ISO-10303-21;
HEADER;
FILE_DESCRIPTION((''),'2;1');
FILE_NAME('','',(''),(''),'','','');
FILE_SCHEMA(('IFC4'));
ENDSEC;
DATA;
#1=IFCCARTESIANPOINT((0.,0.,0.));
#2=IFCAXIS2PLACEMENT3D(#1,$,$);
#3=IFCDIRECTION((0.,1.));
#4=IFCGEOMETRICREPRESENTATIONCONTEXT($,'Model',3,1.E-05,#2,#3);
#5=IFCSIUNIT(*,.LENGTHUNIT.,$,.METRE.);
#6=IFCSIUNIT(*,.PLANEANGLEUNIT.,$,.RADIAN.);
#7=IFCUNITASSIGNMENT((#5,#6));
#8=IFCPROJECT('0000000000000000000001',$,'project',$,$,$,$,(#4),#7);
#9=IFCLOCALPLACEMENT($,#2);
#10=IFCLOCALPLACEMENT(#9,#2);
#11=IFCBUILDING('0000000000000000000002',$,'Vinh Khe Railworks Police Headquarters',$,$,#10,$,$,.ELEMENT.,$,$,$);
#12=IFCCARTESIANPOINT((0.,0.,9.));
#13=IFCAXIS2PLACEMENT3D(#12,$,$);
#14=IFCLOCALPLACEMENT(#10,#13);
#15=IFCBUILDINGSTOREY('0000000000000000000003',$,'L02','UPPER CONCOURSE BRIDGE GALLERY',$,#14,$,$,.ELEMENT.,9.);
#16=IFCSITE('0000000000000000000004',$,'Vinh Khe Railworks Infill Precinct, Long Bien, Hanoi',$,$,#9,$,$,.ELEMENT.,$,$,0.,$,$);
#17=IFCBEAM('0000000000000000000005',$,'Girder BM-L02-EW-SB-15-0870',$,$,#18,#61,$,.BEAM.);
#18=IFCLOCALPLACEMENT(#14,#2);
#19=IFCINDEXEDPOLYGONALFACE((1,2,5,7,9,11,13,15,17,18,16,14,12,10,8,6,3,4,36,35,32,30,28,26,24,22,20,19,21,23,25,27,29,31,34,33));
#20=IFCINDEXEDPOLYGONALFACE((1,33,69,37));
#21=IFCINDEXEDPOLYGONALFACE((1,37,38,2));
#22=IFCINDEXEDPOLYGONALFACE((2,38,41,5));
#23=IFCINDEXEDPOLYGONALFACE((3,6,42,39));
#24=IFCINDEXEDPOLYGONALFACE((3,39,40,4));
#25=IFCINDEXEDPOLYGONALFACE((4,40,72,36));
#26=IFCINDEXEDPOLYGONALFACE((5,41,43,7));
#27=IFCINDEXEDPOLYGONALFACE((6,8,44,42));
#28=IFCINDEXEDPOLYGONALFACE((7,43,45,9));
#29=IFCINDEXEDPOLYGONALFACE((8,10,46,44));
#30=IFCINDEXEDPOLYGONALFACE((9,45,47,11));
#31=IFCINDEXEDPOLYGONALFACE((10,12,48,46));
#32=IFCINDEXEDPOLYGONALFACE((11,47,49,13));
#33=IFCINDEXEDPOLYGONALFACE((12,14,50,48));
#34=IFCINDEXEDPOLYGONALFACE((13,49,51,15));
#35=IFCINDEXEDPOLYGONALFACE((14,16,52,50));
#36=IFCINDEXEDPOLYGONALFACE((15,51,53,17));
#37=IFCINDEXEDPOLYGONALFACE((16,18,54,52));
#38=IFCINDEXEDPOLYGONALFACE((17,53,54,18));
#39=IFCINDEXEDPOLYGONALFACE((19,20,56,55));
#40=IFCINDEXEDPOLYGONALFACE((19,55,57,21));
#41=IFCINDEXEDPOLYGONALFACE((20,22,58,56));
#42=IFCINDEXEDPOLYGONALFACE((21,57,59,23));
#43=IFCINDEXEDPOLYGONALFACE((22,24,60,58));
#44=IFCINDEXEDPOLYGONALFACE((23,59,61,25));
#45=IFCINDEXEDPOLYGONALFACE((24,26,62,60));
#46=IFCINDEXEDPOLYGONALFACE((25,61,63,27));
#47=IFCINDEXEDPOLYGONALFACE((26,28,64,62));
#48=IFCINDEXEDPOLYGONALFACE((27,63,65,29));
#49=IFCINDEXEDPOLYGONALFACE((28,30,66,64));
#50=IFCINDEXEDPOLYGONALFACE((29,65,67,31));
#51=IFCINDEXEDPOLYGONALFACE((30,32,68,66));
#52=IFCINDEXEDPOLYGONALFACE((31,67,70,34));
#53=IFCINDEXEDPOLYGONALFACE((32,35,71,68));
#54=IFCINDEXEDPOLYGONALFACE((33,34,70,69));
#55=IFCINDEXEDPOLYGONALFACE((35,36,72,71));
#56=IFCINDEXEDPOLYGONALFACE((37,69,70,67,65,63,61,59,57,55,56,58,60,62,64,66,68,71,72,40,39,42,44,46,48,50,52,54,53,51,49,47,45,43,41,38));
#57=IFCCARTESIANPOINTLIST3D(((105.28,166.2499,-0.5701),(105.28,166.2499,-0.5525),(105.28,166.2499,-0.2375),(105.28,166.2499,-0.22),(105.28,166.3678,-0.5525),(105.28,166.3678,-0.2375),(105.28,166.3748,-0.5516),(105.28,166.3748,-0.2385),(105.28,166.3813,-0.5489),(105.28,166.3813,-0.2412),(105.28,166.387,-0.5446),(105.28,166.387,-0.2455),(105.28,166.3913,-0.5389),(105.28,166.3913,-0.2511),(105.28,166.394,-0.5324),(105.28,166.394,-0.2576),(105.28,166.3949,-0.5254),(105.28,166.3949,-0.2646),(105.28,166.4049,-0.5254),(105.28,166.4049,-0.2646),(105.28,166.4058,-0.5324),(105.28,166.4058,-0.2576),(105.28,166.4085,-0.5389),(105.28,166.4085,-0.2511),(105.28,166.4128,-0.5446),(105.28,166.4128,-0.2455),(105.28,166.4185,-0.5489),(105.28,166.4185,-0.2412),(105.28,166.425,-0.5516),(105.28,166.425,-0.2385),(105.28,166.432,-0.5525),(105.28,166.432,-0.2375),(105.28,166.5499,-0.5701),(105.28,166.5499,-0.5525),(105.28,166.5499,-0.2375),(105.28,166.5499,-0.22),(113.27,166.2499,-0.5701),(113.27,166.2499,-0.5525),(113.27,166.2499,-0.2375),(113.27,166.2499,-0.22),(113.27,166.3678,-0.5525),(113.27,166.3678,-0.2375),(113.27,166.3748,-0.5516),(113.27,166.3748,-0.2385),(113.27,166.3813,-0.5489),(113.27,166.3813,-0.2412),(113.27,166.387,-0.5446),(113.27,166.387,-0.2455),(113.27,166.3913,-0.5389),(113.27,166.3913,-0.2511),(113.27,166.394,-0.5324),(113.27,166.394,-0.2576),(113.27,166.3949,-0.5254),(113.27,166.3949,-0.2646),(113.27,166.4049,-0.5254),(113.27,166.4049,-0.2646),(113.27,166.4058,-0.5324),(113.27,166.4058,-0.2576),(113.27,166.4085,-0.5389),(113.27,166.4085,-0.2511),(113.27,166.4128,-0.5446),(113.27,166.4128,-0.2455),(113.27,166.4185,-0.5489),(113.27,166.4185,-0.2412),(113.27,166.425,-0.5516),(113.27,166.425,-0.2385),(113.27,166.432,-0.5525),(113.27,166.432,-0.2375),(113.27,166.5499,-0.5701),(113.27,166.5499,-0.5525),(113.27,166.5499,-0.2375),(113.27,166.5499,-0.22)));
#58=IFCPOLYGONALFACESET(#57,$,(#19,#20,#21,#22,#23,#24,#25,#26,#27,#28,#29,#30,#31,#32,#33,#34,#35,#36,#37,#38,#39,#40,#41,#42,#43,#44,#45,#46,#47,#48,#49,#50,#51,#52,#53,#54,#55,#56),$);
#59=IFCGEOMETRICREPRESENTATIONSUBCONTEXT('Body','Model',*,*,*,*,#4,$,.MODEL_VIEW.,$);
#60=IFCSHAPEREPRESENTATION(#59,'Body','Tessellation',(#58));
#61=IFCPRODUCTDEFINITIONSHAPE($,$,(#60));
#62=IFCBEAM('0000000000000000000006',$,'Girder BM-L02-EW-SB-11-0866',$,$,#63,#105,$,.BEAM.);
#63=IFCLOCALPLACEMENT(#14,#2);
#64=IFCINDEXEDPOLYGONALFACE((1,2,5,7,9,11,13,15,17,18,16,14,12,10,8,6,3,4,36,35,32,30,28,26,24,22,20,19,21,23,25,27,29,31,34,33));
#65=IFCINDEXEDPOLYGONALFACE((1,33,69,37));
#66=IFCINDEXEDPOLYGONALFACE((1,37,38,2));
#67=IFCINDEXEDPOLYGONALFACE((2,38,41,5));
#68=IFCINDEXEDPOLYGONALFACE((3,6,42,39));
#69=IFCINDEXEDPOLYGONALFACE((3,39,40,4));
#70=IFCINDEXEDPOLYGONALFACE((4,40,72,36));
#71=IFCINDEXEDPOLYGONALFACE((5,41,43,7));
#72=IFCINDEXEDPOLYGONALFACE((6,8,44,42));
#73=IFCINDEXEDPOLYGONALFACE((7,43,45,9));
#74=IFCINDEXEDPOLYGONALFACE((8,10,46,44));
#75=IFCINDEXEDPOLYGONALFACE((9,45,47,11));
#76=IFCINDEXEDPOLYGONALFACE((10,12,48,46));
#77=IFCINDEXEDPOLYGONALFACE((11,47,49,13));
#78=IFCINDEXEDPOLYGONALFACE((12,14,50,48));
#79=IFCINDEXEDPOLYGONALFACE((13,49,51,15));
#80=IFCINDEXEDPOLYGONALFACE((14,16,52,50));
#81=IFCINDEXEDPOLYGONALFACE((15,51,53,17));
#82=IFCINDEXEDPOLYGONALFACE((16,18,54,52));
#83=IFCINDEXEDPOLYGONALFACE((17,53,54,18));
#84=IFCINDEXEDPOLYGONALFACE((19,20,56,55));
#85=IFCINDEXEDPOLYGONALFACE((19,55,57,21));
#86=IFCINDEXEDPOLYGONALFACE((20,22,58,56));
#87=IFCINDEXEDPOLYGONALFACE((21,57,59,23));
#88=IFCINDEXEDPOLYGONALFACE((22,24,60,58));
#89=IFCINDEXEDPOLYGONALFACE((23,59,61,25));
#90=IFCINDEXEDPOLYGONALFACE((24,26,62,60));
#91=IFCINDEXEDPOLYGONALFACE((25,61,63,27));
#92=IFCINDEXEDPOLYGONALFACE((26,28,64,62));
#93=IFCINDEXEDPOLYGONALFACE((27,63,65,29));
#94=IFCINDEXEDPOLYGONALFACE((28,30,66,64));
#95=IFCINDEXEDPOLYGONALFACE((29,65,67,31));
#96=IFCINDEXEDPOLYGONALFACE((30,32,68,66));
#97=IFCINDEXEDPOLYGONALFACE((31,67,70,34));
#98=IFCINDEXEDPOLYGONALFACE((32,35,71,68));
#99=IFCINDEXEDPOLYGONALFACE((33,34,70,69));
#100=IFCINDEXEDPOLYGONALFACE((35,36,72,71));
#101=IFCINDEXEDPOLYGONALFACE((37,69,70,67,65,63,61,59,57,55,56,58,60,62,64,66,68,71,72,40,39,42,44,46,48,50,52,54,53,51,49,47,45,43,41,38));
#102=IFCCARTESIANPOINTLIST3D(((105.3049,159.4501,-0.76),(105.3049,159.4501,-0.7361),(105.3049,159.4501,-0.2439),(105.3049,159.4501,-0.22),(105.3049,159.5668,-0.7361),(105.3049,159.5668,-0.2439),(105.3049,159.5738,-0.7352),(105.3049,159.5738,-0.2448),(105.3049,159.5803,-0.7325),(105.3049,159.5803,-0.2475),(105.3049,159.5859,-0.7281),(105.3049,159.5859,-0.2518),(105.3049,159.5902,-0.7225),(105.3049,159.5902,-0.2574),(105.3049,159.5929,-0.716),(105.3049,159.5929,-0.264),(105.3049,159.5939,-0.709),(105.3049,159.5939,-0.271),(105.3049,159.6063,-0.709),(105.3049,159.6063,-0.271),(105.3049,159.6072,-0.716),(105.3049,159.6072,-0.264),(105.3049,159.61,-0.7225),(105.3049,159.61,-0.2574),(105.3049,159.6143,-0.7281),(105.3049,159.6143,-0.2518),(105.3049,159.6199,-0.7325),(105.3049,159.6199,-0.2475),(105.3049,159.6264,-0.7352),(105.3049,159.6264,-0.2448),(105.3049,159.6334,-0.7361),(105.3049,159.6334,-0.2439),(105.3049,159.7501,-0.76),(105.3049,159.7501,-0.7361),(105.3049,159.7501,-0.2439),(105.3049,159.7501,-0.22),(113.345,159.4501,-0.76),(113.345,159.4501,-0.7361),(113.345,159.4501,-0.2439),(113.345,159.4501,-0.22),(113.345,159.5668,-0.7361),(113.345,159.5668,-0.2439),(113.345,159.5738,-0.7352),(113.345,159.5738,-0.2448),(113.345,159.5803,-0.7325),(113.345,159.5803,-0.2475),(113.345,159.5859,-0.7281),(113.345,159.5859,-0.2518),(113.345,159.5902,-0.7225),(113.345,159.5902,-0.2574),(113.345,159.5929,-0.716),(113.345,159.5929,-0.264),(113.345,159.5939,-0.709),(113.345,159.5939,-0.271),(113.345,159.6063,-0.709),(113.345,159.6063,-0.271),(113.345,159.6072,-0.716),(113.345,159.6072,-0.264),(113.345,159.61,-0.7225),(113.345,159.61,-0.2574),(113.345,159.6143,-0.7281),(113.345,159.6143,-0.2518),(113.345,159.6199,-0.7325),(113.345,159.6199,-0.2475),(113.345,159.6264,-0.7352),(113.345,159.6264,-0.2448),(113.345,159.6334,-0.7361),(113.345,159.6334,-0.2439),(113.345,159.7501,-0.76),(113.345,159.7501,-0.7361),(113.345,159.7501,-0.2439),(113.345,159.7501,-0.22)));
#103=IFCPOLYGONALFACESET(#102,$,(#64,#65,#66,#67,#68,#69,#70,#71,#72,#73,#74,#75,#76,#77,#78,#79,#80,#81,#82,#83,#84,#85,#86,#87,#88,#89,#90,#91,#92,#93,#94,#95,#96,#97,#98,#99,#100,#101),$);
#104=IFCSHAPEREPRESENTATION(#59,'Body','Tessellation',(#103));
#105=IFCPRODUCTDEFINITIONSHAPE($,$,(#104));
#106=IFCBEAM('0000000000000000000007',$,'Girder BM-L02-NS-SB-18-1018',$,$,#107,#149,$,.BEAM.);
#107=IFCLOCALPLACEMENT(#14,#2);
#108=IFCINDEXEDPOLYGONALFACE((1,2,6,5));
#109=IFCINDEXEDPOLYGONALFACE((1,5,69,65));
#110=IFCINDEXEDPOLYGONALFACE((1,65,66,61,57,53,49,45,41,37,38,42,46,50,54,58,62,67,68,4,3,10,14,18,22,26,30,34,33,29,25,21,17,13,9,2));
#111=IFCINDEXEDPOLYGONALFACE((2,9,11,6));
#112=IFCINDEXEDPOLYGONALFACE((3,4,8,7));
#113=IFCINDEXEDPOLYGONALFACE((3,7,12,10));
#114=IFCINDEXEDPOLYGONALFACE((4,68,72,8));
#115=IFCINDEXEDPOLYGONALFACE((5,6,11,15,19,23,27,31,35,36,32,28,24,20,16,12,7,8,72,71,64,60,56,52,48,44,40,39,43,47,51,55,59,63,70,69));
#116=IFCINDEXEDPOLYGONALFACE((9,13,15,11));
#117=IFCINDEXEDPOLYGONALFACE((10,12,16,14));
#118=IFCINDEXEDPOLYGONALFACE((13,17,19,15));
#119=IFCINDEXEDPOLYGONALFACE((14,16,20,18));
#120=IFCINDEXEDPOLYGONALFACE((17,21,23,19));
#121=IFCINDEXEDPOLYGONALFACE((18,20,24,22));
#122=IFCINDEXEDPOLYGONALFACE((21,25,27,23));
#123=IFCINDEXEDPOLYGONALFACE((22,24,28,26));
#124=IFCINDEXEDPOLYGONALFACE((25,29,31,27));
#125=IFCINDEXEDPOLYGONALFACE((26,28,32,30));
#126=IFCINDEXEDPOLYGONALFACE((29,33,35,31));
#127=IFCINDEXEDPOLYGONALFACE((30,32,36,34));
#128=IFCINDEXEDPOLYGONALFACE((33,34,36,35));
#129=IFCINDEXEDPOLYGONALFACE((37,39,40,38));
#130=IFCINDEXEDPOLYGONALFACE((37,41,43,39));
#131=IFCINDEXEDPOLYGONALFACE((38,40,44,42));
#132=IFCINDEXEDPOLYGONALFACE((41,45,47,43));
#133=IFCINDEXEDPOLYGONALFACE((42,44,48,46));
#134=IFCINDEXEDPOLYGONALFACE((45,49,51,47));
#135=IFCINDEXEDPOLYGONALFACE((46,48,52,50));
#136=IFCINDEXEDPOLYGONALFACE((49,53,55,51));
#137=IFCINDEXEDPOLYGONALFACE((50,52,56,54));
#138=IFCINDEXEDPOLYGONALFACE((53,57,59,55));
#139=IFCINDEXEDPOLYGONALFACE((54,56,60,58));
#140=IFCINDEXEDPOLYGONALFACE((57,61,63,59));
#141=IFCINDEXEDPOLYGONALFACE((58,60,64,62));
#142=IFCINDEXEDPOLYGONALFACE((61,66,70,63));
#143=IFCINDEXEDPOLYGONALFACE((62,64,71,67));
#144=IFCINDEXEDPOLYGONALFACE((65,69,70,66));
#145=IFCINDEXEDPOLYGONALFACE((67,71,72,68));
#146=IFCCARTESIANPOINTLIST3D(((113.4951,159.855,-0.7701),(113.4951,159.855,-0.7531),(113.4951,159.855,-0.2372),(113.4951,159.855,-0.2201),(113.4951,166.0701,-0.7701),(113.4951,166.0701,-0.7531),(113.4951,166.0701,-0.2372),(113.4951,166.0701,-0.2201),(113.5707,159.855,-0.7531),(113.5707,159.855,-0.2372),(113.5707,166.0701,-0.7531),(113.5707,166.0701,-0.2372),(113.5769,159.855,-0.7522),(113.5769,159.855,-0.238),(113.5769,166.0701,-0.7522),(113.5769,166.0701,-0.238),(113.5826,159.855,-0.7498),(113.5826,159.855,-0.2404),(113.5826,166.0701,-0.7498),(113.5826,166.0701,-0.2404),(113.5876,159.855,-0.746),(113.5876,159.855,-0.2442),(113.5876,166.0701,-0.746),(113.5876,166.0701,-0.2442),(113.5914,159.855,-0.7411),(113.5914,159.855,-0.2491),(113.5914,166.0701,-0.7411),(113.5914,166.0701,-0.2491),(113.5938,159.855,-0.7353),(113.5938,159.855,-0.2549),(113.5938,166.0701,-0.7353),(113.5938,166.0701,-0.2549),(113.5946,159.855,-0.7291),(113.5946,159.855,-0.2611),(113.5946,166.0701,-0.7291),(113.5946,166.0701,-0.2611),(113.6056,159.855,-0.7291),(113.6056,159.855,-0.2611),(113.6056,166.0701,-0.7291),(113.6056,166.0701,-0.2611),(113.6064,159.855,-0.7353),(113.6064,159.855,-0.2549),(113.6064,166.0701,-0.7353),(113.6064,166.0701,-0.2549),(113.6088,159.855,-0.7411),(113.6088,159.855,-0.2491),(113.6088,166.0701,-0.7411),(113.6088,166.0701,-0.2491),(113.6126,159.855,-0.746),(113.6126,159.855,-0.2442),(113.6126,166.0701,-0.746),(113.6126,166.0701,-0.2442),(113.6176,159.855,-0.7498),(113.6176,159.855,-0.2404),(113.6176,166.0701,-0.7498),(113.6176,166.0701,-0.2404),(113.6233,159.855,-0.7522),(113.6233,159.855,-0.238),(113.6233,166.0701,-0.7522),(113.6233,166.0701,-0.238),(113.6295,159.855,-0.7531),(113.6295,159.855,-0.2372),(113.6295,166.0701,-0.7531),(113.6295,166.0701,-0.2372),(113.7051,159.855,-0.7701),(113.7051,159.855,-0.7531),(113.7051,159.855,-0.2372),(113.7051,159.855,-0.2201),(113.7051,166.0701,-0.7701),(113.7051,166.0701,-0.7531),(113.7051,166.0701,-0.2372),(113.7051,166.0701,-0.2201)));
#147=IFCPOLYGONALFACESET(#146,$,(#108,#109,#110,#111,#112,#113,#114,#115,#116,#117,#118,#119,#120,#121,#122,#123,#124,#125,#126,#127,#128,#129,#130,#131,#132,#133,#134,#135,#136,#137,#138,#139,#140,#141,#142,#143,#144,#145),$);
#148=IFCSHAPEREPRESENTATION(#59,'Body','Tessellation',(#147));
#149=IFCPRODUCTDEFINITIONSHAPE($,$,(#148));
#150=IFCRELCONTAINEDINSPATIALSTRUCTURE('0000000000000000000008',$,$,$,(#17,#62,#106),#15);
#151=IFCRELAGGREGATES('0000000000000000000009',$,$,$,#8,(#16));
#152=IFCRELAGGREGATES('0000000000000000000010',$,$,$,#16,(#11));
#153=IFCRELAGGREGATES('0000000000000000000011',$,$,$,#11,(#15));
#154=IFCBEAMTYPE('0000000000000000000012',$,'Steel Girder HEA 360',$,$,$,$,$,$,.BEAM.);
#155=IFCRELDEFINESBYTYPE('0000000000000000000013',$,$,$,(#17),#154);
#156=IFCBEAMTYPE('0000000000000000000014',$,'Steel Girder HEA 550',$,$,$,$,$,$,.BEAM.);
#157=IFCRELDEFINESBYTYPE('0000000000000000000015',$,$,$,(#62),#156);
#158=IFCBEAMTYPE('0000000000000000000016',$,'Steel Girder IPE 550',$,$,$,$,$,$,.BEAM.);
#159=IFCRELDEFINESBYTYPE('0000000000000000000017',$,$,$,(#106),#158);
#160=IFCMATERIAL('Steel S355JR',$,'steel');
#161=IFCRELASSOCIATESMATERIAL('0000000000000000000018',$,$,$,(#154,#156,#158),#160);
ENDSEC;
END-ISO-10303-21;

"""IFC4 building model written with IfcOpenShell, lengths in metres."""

from ifc_helpers import new_model, si_unit, direction, frame, origin, origin_2d, place, context, subcontext, project, spatial, i_section, extrude, material, material_profile, profile_set, type_object, element, save


model = new_model("IFC4")

# Units and contexts
model_context = context("Model", 3, precision=1e-05, world=origin(), true_north=direction((0.0, 1.0)))
body_context = subcontext(model_context, "Body", "Model", "MODEL_VIEW")
ifc_project = project(units=[si_unit("LENGTHUNIT", "METRE"), si_unit("PLANEANGLEUNIT", "RADIAN")], contexts=[model_context])

# Site, building, storey
site_placement = place(None, origin())
site = spatial("IfcSite", under=ifc_project, at=site_placement, Name="Vinh Khe Railworks Infill Precinct, Long Bien, Hanoi", CompositionType="ELEMENT", RefElevation=0.0)
building_placement = place(site_placement, origin())
building = spatial("IfcBuilding", under=site, at=building_placement, Name="Vinh Khe Railworks Police Headquarters", CompositionType="ELEMENT")
storey_placement = place(building_placement, frame((0.0, 0.0, 9.0)))
storey = spatial("IfcBuildingStorey", under=building, at=storey_placement, Name="L02", Description="UPPER CONCOURSE BRIDGE GALLERY", CompositionType="ELEMENT", Elevation=9.0)

# Shared definitions
ifc_material_1 = material(Name="Steel S355JR", Category="steel")

# Beams
ifc_material_profile_1 = material_profile(ifc_material_1, i_section(OverallWidth=0.3, OverallDepth=0.3501, WebThickness=0.01, FlangeThickness=0.0176, FilletRadius=0.0271, at=origin_2d()), Name="HEA 360")
ifc_profile_set_1 = profile_set([ifc_material_profile_1], Name="Steel S355JR")
beam_type_1 = type_object("IfcBeamType", Name="Steel Girder HEA 360", PredefinedType="BEAM", material=ifc_profile_set_1)
beam_1_placement = place(storey_placement, frame((105.28, 166.3999, -0.395), z_axis=(1.0, 0.0, 0.0), x_axis=(0.0, 1.0, 0.0)))
element("IfcBeam", 1, at=beam_1_placement, inside=storey, type_object=beam_type_1, Name="Girder BM-L02-EW-SB-15-0870", PredefinedType="BEAM", context=body_context, shape_type="SweptSolid", body=[
    extrude(i_section(OverallWidth=0.3, OverallDepth=0.3501, WebThickness=0.01, FlangeThickness=0.0176, FilletRadius=0.0271, at=origin_2d()), origin(), (0.0, 0.0, 1.0), 7.99),
])
ifc_material_profile_2 = material_profile(ifc_material_1, i_section(OverallWidth=0.3, OverallDepth=0.54, WebThickness=0.0125, FlangeThickness=0.0239, FilletRadius=0.0271, at=origin_2d()), Name="HEA 550")
ifc_profile_set_2 = profile_set([ifc_material_profile_2], Name="Steel S355JR")
beam_type_2 = type_object("IfcBeamType", Name="Steel Girder HEA 550", PredefinedType="BEAM", material=ifc_profile_set_2)
beam_2_placement = place(storey_placement, frame((105.3049, 159.6001, -0.49), z_axis=(1.0, 0.0, 0.0), x_axis=(0.0, 1.0, 0.0)))
element("IfcBeam", 2, at=beam_2_placement, inside=storey, type_object=beam_type_2, Name="Girder BM-L02-EW-SB-11-0866", PredefinedType="BEAM", context=body_context, shape_type="SweptSolid", body=[
    extrude(i_section(OverallWidth=0.3, OverallDepth=0.54, WebThickness=0.0125, FlangeThickness=0.0239, FilletRadius=0.0271, at=origin_2d()), origin(), (0.0, 0.0, 1.0), 8.04),
])
ifc_material_profile_3 = material_profile(ifc_material_1, i_section(OverallWidth=0.21, OverallDepth=0.55, WebThickness=0.011, FlangeThickness=0.0171, FilletRadius=0.0239, at=origin_2d()), Name="IPE 550")
ifc_profile_set_3 = profile_set([ifc_material_profile_3], Name="Steel S355JR")
beam_type_3 = type_object("IfcBeamType", Name="Steel Girder IPE 550", PredefinedType="BEAM", material=ifc_profile_set_3)
beam_3_placement = place(storey_placement, frame((113.6001, 159.855, -0.4951), z_axis=(0.0, 1.0, 0.0), x_axis=(-1.0, 0.0, 0.0)))
element("IfcBeam", 3, at=beam_3_placement, inside=storey, type_object=beam_type_3, Name="Girder BM-L02-NS-SB-18-1018", PredefinedType="BEAM", context=body_context, shape_type="SweptSolid", body=[
    extrude(i_section(OverallWidth=0.21, OverallDepth=0.55, WebThickness=0.011, FlangeThickness=0.0171, FilletRadius=0.0239, at=origin_2d()), origin(), (0.0, 0.0, 1.0), 6.2151),
])

save(model, "model.ifc")
